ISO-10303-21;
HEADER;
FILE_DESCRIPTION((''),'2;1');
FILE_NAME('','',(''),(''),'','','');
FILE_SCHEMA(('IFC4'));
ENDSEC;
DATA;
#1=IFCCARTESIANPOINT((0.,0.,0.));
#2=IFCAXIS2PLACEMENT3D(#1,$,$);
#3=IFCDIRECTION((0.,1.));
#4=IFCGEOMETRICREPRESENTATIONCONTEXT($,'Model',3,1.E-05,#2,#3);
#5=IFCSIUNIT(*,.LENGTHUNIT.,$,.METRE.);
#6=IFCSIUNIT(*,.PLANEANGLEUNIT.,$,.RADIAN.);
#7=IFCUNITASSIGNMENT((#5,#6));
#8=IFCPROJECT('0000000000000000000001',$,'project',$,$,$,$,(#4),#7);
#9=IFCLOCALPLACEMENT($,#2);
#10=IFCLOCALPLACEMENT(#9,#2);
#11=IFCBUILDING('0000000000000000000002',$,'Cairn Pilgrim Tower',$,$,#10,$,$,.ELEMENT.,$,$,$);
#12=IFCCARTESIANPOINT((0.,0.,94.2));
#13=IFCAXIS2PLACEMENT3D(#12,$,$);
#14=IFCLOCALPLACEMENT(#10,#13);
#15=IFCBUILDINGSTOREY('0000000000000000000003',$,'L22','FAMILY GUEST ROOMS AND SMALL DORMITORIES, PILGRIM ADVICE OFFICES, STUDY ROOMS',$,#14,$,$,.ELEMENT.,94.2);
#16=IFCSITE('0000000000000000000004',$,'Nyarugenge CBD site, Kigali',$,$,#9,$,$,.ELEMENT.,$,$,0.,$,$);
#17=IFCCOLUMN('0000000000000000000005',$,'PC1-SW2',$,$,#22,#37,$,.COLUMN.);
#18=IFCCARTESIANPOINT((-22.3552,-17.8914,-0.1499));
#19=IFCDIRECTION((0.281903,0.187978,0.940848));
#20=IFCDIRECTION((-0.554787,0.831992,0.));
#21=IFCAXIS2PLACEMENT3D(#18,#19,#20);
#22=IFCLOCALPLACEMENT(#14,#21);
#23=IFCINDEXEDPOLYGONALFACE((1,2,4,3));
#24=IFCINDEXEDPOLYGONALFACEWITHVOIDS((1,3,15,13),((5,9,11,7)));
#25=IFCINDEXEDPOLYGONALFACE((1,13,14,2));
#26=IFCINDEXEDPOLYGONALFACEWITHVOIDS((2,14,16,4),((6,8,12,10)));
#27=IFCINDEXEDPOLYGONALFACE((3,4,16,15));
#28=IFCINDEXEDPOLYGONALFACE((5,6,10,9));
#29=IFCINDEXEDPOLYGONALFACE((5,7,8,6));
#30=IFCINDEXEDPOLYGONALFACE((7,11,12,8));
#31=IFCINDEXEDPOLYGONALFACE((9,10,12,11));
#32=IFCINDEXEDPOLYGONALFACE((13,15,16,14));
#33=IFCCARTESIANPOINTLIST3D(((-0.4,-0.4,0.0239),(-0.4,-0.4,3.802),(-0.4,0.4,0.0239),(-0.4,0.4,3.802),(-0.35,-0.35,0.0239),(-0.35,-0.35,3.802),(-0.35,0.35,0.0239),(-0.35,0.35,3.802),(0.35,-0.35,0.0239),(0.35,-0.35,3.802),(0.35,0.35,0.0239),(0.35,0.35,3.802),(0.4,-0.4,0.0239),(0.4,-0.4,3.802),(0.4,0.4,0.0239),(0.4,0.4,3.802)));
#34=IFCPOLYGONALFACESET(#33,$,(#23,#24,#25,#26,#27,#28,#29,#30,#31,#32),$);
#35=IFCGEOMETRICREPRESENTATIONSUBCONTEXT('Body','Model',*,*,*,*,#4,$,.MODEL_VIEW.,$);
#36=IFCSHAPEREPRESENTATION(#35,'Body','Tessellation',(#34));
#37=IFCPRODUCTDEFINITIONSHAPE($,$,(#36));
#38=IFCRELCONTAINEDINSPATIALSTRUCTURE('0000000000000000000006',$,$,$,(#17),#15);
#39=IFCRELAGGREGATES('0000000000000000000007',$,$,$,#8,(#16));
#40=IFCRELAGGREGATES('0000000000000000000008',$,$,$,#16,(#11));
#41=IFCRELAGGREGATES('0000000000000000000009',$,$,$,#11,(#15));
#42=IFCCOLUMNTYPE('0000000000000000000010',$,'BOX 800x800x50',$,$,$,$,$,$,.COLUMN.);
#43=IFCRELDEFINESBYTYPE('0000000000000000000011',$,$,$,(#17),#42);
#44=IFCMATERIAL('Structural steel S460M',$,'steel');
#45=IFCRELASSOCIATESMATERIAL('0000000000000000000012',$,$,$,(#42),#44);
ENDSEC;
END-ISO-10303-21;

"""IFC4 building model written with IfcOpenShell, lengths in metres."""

from ifc_helpers import new_model, si_unit, direction, frame, origin, origin_2d, place, context, subcontext, project, spatial, hollow_rectangle, extrude, clip, halfspace, material, material_profile, profile_set, type_object, element, save


model = new_model("IFC4")

# Units and contexts
model_context = context("Model", 3, precision=1e-05, world=origin(), true_north=direction((0.0, 1.0)))
body_context = subcontext(model_context, "Body", "Model", "MODEL_VIEW")
ifc_project = project(units=[si_unit("LENGTHUNIT", "METRE"), si_unit("PLANEANGLEUNIT", "RADIAN")], contexts=[model_context])

# Site, building, storey
site_placement = place(None, origin())
site = spatial("IfcSite", under=ifc_project, at=site_placement, Name="Nyarugenge CBD site, Kigali", CompositionType="ELEMENT", RefElevation=0.0)
building_placement = place(site_placement, origin())
building = spatial("IfcBuilding", under=site, at=building_placement, Name="Cairn Pilgrim Tower", CompositionType="ELEMENT")
storey_placement = place(building_placement, frame((0.0, 0.0, 94.2)))
storey = spatial("IfcBuildingStorey", under=building, at=storey_placement, Name="L22", Description="FAMILY GUEST ROOMS AND SMALL DORMITORIES, PILGRIM ADVICE OFFICES, STUDY ROOMS", CompositionType="ELEMENT", Elevation=94.2)

# Column
ifc_material_1 = material(Name="Structural steel S460M", Category="steel")
ifc_material_profile_1 = material_profile(ifc_material_1, hollow_rectangle(XDim=0.8, YDim=0.8, WallThickness=0.05, at=origin_2d()), Name="BOX 800x800x50")
ifc_profile_set_1 = profile_set([ifc_material_profile_1], Name="Structural steel S460M")
column_type = type_object("IfcColumnType", Name="BOX 800x800x50", PredefinedType="COLUMN", material=ifc_profile_set_1)
column_placement = place(storey_placement, frame((-22.3552, -17.8914, -0.1499), z_axis=(0.281903, 0.187978, 0.940848), x_axis=(-0.554787, 0.831992, 0.0)))
element("IfcColumn", 1, at=column_placement, inside=storey, type_object=column_type, Name="PC1-SW2", PredefinedType="COLUMN", context=body_context, shape_type="Clipping", body=[
    clip(clip(extrude(hollow_rectangle(XDim=0.8, YDim=0.8, WallThickness=0.05, at=origin_2d()), origin(), (0.0, 0.0, 1.0), 3.8262), halfspace(frame((0.0, 0.0, 0.0239), z_axis=(0.0, 0.0, 1.0), x_axis=(1.0, 0.0, 0.0)), True)), halfspace(frame((0.0, 0.0, 3.802), z_axis=(0.0, 0.0, 1.0), x_axis=(1.0, 0.0, 0.0)), False)),
])

save(model, "model.ifc")
